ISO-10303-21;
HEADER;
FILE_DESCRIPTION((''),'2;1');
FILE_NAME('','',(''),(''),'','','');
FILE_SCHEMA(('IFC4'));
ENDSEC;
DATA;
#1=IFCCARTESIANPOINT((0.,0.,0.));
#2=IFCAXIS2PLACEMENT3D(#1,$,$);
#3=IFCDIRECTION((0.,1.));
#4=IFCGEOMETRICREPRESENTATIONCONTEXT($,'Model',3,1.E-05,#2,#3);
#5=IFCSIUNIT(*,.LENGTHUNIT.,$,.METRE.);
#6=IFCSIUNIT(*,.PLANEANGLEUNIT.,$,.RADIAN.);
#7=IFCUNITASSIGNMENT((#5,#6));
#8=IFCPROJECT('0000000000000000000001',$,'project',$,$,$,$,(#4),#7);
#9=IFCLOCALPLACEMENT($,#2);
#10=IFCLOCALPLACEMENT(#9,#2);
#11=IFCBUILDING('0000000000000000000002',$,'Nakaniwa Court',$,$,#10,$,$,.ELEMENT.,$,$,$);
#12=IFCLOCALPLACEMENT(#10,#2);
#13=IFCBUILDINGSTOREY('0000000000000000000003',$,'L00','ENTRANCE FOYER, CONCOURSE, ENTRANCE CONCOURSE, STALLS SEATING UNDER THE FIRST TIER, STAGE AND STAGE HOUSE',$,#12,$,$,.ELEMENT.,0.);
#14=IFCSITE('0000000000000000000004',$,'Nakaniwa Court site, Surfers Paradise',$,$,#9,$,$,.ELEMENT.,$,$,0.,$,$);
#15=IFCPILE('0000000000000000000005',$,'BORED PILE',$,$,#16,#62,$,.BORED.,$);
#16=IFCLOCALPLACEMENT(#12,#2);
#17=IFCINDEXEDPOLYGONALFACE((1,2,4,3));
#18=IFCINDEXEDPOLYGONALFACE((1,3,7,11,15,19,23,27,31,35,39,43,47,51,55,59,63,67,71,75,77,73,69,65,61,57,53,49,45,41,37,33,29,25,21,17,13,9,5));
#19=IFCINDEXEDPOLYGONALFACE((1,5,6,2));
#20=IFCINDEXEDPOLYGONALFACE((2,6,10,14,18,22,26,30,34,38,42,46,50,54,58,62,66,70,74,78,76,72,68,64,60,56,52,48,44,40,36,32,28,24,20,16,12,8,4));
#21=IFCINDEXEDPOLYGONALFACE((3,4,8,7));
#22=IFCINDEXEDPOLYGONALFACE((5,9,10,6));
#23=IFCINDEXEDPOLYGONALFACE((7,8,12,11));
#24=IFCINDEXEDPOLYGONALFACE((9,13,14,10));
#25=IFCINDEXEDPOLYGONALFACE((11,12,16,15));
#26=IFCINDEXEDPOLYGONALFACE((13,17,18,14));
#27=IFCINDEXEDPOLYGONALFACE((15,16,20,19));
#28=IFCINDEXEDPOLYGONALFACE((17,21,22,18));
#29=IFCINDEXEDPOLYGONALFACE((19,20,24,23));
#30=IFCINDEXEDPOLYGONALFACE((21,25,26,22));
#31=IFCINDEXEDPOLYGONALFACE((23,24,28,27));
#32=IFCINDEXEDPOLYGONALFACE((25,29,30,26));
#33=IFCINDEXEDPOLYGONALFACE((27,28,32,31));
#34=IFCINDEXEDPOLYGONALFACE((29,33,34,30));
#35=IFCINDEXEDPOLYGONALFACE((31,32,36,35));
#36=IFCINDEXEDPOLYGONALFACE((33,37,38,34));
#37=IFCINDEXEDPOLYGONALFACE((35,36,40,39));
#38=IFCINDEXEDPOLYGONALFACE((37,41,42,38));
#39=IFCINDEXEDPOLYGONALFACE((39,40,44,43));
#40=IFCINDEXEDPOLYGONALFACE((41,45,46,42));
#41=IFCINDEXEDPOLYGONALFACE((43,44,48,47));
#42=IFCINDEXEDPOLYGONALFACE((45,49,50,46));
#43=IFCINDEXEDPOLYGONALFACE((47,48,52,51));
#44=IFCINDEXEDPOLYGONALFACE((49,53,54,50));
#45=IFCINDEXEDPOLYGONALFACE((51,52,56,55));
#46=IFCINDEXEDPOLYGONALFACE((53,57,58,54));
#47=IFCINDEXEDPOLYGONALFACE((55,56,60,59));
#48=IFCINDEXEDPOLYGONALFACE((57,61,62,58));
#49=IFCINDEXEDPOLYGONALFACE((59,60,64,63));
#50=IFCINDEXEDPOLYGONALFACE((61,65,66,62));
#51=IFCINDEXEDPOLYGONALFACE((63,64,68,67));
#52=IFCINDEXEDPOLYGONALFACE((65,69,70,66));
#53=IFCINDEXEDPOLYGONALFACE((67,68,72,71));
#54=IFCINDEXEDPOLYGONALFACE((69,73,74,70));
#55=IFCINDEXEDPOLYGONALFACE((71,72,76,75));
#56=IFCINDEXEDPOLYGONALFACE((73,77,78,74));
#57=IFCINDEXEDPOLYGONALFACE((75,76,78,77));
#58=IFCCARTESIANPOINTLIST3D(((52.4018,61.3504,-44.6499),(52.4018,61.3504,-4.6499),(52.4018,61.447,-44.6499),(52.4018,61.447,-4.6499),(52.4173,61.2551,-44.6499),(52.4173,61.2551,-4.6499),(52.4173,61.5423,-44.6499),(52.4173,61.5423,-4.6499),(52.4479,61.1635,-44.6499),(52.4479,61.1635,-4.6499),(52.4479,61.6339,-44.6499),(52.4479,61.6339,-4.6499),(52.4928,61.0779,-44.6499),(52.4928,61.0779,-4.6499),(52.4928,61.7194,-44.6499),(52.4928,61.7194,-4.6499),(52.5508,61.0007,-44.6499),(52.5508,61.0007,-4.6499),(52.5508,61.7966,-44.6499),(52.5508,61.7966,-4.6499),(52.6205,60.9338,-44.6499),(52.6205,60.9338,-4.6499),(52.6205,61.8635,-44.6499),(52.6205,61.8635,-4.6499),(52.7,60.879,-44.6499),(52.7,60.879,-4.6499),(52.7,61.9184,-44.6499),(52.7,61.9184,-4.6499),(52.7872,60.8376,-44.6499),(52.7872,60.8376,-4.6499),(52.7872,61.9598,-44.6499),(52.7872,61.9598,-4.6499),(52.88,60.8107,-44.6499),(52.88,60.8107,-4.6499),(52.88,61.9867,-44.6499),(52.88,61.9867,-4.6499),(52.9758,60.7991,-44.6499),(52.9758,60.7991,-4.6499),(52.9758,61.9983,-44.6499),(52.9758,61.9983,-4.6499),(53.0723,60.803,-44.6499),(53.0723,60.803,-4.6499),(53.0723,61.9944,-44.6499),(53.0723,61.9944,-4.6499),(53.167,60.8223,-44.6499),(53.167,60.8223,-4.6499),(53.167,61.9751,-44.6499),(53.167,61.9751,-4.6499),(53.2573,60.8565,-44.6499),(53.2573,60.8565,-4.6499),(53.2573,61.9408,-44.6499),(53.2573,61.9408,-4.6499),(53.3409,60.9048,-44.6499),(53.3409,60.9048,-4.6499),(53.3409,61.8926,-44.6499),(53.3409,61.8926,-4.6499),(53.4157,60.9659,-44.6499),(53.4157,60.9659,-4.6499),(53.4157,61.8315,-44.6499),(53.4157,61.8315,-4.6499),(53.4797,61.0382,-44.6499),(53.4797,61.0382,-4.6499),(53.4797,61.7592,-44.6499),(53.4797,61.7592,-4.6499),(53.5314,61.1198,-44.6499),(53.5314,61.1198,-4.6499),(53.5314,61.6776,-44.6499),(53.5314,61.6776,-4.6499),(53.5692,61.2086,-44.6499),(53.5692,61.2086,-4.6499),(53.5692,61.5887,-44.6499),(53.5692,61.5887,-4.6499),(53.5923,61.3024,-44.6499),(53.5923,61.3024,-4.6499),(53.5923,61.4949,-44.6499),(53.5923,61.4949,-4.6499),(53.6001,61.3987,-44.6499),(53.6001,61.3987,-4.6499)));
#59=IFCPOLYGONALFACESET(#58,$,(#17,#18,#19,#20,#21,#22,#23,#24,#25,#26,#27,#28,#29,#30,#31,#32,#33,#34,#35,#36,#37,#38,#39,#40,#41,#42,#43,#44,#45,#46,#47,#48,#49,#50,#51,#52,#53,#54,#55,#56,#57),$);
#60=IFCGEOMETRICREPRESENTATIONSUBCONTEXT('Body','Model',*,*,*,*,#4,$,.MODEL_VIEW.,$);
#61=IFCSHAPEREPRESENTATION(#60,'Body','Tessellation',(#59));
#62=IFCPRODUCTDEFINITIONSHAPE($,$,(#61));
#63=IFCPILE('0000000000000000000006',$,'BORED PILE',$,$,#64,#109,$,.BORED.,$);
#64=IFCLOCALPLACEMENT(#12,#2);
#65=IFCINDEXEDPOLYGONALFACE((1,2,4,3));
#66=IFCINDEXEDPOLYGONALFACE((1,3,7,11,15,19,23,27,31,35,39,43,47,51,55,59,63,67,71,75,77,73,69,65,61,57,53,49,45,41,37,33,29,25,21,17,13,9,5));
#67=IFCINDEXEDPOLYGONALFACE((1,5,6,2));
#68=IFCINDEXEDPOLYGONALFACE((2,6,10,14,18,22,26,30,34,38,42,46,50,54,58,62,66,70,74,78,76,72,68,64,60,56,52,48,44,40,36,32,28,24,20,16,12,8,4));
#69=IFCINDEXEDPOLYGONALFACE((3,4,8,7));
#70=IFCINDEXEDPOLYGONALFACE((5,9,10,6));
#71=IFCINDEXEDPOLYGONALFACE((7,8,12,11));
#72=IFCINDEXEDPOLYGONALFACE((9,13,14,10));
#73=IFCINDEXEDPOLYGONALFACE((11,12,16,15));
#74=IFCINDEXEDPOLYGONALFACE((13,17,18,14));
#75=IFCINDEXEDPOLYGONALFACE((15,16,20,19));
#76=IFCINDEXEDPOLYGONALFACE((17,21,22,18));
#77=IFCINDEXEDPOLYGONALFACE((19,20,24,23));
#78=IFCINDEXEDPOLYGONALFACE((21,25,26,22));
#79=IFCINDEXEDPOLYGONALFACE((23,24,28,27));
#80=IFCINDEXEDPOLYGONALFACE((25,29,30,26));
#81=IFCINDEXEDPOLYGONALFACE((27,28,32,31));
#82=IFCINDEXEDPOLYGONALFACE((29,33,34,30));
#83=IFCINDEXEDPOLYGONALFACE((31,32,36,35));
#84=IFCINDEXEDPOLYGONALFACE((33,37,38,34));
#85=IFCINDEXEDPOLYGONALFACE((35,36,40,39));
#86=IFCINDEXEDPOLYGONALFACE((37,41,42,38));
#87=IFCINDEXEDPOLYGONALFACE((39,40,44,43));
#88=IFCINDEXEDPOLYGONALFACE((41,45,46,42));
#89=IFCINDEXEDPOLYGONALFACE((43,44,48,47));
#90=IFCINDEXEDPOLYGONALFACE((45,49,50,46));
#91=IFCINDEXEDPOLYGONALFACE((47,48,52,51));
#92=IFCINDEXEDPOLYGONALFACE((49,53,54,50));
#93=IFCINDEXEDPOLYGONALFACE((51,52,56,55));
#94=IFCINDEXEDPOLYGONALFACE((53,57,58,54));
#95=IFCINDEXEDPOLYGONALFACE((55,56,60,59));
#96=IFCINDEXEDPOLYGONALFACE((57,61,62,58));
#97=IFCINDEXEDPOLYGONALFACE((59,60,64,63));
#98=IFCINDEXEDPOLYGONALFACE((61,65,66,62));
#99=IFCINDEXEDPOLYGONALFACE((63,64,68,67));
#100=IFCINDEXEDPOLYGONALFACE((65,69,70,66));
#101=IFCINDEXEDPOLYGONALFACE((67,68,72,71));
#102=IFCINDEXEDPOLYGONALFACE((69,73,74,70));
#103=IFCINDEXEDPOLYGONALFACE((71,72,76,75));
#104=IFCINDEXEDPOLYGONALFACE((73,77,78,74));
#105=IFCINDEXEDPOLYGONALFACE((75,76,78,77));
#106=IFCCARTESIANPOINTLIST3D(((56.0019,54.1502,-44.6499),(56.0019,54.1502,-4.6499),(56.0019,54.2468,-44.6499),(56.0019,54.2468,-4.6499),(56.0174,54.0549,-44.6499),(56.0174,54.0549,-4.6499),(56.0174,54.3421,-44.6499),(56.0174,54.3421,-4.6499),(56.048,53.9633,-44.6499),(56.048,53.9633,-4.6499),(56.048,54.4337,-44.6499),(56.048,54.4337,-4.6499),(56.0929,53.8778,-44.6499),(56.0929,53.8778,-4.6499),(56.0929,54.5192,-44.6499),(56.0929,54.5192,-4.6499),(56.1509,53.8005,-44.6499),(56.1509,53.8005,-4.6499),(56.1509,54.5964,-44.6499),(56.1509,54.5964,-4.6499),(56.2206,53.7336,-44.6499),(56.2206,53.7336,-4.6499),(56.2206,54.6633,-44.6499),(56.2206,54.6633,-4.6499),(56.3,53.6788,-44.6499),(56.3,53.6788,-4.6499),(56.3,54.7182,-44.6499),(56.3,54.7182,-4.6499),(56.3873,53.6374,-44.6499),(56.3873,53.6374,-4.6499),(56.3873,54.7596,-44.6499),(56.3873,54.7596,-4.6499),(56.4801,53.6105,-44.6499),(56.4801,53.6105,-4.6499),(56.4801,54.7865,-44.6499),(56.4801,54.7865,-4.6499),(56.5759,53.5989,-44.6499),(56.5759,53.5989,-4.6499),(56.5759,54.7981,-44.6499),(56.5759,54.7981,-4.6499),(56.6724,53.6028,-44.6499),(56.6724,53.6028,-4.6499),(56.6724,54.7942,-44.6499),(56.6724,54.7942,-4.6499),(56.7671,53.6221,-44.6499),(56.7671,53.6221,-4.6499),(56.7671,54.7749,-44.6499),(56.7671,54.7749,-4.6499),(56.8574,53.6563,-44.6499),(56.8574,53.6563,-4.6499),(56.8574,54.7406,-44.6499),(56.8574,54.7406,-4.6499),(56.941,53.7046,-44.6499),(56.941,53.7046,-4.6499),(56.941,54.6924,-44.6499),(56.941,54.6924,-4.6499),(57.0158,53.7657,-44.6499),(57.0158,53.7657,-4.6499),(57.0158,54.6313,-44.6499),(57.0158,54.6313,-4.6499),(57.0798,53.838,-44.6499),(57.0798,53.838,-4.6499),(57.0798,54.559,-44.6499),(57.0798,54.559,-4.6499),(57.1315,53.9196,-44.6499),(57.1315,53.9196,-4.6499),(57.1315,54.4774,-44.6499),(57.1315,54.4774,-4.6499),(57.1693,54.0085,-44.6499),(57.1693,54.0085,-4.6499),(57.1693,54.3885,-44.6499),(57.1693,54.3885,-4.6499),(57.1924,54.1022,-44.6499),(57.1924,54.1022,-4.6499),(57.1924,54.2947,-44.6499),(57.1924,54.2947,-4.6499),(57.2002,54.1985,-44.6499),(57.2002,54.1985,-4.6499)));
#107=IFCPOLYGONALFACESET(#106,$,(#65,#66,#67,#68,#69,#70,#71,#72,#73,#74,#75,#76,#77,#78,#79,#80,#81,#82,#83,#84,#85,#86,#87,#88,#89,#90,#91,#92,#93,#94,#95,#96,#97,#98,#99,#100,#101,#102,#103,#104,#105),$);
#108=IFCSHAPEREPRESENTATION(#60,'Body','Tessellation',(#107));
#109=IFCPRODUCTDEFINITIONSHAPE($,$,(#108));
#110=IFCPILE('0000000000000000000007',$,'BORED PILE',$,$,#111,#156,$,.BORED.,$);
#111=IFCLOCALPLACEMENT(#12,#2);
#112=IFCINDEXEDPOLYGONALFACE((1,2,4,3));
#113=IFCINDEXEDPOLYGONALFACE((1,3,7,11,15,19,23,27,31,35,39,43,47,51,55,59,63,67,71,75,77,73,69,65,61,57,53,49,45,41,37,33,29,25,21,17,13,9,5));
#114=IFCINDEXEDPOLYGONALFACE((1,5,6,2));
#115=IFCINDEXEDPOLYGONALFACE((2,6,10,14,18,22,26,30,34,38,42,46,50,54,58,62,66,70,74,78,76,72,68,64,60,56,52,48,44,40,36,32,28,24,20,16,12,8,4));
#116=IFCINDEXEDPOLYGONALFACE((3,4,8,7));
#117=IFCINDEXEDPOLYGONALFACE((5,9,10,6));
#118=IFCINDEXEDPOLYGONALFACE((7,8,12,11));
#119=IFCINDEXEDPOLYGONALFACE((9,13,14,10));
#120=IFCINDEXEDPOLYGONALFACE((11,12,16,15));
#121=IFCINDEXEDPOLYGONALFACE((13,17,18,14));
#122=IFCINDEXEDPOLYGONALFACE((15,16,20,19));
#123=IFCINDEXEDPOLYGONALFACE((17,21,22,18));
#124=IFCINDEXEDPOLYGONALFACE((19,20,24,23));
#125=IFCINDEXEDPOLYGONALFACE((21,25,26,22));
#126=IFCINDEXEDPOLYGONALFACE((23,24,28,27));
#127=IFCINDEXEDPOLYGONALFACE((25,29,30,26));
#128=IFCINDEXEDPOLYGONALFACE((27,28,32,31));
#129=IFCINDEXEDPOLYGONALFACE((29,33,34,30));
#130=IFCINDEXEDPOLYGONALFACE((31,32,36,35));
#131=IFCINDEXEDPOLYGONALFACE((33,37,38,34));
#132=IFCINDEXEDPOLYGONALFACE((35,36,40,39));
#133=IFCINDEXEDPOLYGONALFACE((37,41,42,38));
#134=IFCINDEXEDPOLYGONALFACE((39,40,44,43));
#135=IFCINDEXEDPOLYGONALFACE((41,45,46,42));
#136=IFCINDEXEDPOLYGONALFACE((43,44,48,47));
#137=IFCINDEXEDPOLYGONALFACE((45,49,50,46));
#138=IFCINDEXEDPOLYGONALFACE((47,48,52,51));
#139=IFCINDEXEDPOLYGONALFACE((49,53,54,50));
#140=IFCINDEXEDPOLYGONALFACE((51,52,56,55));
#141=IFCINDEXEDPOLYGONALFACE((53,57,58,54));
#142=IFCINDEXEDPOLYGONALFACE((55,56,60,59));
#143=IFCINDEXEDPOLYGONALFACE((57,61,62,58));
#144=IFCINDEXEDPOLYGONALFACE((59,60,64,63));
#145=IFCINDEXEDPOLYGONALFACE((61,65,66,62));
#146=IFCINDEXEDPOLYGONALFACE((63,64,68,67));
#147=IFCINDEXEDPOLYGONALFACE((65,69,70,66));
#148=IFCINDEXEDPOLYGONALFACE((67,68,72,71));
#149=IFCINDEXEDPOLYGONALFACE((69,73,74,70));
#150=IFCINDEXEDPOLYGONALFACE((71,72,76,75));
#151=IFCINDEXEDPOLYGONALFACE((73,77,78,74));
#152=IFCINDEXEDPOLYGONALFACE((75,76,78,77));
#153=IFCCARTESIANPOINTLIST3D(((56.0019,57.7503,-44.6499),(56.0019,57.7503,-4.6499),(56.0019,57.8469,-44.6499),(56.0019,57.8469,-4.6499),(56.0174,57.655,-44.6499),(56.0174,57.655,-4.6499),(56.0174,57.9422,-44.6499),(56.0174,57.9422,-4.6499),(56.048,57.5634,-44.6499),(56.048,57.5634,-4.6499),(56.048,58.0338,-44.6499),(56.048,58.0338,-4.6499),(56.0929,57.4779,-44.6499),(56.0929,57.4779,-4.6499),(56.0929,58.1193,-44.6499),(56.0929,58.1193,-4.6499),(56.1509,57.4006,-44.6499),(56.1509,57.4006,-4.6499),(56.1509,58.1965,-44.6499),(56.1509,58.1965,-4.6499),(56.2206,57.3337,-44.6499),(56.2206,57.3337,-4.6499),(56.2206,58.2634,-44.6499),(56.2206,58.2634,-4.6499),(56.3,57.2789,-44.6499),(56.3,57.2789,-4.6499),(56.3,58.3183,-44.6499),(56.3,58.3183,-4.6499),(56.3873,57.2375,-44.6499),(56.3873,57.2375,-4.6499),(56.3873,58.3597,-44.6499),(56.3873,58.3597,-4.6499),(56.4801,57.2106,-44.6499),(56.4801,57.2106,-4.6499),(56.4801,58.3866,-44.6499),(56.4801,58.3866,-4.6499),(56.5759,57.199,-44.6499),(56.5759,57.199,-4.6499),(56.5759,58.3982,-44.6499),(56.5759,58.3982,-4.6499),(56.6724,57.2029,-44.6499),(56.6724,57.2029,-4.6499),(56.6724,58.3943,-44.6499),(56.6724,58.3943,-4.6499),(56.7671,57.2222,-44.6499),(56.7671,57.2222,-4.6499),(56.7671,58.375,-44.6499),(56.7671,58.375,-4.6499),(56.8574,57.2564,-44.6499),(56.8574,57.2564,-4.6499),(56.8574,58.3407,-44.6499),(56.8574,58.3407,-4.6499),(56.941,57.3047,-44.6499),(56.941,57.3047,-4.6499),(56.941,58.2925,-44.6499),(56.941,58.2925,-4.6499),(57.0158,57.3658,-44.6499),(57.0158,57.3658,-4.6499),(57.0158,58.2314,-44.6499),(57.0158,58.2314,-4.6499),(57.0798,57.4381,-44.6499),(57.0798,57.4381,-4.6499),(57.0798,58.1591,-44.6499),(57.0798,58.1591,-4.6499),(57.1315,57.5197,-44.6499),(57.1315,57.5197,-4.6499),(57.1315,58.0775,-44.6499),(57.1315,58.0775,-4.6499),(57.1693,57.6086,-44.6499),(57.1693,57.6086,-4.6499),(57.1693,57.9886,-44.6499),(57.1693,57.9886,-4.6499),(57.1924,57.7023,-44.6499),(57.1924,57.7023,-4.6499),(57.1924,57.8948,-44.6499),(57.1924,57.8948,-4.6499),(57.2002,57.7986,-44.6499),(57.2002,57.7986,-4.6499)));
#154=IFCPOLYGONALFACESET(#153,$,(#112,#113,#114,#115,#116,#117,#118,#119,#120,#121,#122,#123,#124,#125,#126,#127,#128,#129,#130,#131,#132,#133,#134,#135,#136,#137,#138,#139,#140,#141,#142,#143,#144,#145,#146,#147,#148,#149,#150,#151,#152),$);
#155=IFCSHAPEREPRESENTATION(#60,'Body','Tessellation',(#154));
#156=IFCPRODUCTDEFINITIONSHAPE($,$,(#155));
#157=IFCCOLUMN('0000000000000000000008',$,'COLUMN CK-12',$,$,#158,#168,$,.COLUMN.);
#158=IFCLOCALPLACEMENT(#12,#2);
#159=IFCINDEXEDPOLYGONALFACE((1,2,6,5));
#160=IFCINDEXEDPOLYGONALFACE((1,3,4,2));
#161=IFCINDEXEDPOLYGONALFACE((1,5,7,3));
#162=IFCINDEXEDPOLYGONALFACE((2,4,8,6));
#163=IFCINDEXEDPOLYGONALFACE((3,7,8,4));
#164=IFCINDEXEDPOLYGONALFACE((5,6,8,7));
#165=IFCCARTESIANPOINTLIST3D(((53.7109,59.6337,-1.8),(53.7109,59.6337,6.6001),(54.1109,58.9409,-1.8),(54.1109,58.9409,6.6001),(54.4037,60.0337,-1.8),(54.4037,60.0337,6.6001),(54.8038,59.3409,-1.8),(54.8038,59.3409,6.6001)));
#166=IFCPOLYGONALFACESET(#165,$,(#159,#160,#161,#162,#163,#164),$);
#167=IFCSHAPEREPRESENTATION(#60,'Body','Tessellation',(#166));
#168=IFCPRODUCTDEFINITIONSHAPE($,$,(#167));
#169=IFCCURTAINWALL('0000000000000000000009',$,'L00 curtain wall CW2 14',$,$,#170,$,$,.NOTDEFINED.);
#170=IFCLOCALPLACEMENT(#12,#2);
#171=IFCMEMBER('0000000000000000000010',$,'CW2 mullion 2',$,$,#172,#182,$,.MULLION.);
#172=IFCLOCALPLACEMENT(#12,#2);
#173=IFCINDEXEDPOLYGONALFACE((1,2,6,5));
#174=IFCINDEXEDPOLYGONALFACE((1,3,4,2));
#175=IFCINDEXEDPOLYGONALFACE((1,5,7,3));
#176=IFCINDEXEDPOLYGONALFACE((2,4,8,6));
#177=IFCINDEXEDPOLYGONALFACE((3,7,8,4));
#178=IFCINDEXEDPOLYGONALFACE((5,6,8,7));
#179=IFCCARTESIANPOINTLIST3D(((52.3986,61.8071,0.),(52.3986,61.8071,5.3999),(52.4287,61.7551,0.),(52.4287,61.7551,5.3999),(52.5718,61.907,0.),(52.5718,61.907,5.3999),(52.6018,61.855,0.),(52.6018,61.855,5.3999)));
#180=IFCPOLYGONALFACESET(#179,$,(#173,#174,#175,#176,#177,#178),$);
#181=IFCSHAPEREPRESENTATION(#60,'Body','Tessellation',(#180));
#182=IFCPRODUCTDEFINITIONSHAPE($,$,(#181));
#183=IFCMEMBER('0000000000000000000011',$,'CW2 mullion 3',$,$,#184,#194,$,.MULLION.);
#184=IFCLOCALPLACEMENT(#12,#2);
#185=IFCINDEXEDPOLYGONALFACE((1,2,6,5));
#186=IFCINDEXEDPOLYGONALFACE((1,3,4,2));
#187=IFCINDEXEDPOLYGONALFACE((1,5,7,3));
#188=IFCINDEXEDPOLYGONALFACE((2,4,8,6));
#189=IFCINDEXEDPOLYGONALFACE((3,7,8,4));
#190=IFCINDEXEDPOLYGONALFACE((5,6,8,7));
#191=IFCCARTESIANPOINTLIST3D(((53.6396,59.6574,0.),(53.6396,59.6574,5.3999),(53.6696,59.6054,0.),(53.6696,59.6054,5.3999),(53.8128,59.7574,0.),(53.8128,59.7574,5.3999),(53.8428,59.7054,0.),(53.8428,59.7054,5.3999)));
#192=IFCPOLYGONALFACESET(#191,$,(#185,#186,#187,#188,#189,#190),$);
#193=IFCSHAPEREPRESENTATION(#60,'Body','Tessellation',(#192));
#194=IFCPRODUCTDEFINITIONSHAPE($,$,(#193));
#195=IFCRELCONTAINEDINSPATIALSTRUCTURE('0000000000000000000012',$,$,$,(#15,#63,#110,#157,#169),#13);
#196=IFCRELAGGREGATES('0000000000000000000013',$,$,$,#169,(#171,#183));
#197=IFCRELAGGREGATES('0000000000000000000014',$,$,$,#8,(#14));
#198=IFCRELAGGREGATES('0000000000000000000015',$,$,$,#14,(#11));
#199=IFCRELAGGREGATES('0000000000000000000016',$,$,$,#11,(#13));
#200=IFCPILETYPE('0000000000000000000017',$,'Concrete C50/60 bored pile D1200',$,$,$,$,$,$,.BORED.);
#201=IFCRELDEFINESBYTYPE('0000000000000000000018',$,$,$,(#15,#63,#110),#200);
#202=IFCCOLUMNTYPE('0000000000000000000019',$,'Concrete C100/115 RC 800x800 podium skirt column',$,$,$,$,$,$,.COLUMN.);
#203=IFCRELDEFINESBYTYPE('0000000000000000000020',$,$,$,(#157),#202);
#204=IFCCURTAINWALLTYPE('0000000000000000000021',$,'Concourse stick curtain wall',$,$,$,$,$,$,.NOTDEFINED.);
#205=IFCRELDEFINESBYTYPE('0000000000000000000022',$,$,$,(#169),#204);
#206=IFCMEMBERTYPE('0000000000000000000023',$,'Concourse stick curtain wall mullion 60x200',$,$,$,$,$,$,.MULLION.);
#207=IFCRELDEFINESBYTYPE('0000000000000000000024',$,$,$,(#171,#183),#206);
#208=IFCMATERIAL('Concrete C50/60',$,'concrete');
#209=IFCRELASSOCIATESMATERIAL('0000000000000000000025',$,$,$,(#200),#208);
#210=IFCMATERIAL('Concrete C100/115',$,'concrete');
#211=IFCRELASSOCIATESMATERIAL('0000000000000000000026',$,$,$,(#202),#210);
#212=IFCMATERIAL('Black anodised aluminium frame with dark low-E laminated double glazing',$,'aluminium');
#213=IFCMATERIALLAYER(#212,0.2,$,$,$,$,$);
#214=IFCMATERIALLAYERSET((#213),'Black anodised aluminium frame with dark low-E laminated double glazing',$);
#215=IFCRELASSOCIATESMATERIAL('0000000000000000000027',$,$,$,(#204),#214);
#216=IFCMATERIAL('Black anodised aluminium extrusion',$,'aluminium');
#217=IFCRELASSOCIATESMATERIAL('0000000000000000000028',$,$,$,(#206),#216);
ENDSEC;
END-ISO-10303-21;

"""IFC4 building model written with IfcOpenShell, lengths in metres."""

from ifc_helpers import new_model, si_unit, direction, frame, origin, origin_2d, place, context, subcontext, project, spatial, rectangle, circle, extrude, material, layer, layer_set, material_profile, profile_set, type_object, element, aggregate, save


model = new_model("IFC4")

# Units and contexts
model_context = context("Model", 3, precision=1e-05, world=origin(), true_north=direction((0.0, 1.0)))
body_context = subcontext(model_context, "Body", "Model", "MODEL_VIEW")
ifc_project = project(units=[si_unit("LENGTHUNIT", "METRE"), si_unit("PLANEANGLEUNIT", "RADIAN")], contexts=[model_context])

# Site, building, storey
site_placement = place(None, origin())
site = spatial("IfcSite", under=ifc_project, at=site_placement, Name="Nakaniwa Court site, Surfers Paradise", CompositionType="ELEMENT", RefElevation=0.0)
building_placement = place(site_placement, origin())
building = spatial("IfcBuilding", under=site, at=building_placement, Name="Nakaniwa Court", CompositionType="ELEMENT")
storey_placement = place(building_placement, origin())
storey = spatial("IfcBuildingStorey", under=building, at=storey_placement, Name="L00", Description="ENTRANCE FOYER, CONCOURSE, ENTRANCE CONCOURSE, STALLS SEATING UNDER THE FIRST TIER, STAGE AND STAGE HOUSE", CompositionType="ELEMENT", Elevation=0.0)

# Piles
ifc_material_1 = material(Name="Concrete C50/60", Category="concrete")
ifc_material_profile_1 = material_profile(ifc_material_1, circle(Radius=0.6001, at=origin_2d()), Name="Concrete C50/60 bored pile D1200")
ifc_profile_set_1 = profile_set([ifc_material_profile_1], Name="Concrete C50/60")
pile_type = type_object("IfcPileType", Name="Concrete C50/60 bored pile D1200", PredefinedType="BORED", material=ifc_profile_set_1)
for number, where, z_axis, x_axis, name in (
    (1, (53.0, 61.3987, -4.6499), (0.0, 0.0, -1.0), (1.0, 0.0, 0.0), "BORED PILE"),
    (2, (56.6001, 54.1985, -4.6499), (0.0, 0.0, -1.0), (1.0, 0.0, 0.0), "BORED PILE"),
    (3, (56.6001, 57.7986, -4.6499), (0.0, 0.0, -1.0), (1.0, 0.0, 0.0), "BORED PILE"),
):
    element("IfcPile", number, at=place(storey_placement, frame(where, z_axis=z_axis, x_axis=x_axis)), inside=storey, type_object=pile_type, Name=name, PredefinedType="BORED", context=body_context, shape_type="SweptSolid", body=[
        extrude(circle(Radius=0.6001, at=origin_2d()), origin(), (0.0, 0.0, 1.0), 40.0),
    ])

# Column
ifc_material_2 = material(Name="Concrete C100/115", Category="concrete")
ifc_material_profile_2 = material_profile(ifc_material_2, rectangle(XDim=0.8, YDim=0.8, at=origin_2d()), Name="Concrete C100/115 RC 800x800 podium skirt column")
ifc_profile_set_2 = profile_set([ifc_material_profile_2], Name="Concrete C100/115")
column_type = type_object("IfcColumnType", Name="Concrete C100/115 RC 800x800 podium skirt column", PredefinedType="COLUMN", material=ifc_profile_set_2)
column_placement = place(storey_placement, frame((54.2573, 59.4873, -1.8), z_axis=(0.0, 0.0, 1.0), x_axis=(0.5, -0.866025, 0.0)))
element("IfcColumn", 4, at=column_placement, inside=storey, type_object=column_type, Name="COLUMN CK-12", PredefinedType="COLUMN", context=body_context, shape_type="SweptSolid", body=[
    extrude(rectangle(XDim=0.8, YDim=0.8, at=origin_2d()), origin(), (0.0, 0.0, 1.0), 8.4001),
])

# Curtain wall, members
ifc_material_3 = material(Name="Black anodised aluminium frame with dark low-E laminated double glazing", Category="aluminium")
ifc_layer_1 = layer(ifc_material_3, 0.2)
ifc_layer_set_1 = layer_set([ifc_layer_1], Name="Black anodised aluminium frame with dark low-E laminated double glazing")
curtain_wall_type = type_object("IfcCurtainWallType", Name="Concourse stick curtain wall", PredefinedType="NOTDEFINED", material=ifc_layer_set_1)
curtain_wall_placement = place(storey_placement, origin())
curtain_wall = element("IfcCurtainWall", 5, at=curtain_wall_placement, inside=storey, type_object=curtain_wall_type, Name="L00 curtain wall CW2 14", PredefinedType="NOTDEFINED")
ifc_material_4 = material(Name="Black anodised aluminium extrusion", Category="aluminium")
ifc_material_profile_3 = material_profile(ifc_material_4, rectangle(XDim=0.2, YDim=0.0601, at=origin_2d()), Name="Concourse stick curtain wall mullion 60x200")
ifc_profile_set_3 = profile_set([ifc_material_profile_3], Name="Black anodised aluminium extrusion")
member_type_1 = type_object("IfcMemberType", Name="Concourse stick curtain wall mullion 60x200", PredefinedType="MULLION", material=ifc_profile_set_3)
member_1_placement = place(storey_placement, frame((52.5002, 61.8311, 0.0), z_axis=(0.0, 0.0, 1.0), x_axis=(0.866034, 0.499985, 0.0)))
member_1 = element("IfcMember", 6, at=member_1_placement, type_object=member_type_1, Name="CW2 mullion 2", PredefinedType="MULLION", context=body_context, shape_type="SweptSolid", body=[
    extrude(rectangle(XDim=0.2, YDim=0.0601, at=origin_2d()), origin(), (0.0, 0.0, 1.0), 5.3999),
])
member_2_placement = place(storey_placement, frame((53.7412, 59.6814, 0.0), z_axis=(0.0, 0.0, 1.0), x_axis=(0.866034, 0.499985, 0.0)))
member_2 = element("IfcMember", 7, at=member_2_placement, type_object=member_type_1, Name="CW2 mullion 3", PredefinedType="MULLION", context=body_context, shape_type="SweptSolid", body=[
    extrude(rectangle(XDim=0.2, YDim=0.0601, at=origin_2d()), origin(), (0.0, 0.0, 1.0), 5.3999),
])
aggregate(curtain_wall, [member_1, member_2])

save(model, "model.ifc")
